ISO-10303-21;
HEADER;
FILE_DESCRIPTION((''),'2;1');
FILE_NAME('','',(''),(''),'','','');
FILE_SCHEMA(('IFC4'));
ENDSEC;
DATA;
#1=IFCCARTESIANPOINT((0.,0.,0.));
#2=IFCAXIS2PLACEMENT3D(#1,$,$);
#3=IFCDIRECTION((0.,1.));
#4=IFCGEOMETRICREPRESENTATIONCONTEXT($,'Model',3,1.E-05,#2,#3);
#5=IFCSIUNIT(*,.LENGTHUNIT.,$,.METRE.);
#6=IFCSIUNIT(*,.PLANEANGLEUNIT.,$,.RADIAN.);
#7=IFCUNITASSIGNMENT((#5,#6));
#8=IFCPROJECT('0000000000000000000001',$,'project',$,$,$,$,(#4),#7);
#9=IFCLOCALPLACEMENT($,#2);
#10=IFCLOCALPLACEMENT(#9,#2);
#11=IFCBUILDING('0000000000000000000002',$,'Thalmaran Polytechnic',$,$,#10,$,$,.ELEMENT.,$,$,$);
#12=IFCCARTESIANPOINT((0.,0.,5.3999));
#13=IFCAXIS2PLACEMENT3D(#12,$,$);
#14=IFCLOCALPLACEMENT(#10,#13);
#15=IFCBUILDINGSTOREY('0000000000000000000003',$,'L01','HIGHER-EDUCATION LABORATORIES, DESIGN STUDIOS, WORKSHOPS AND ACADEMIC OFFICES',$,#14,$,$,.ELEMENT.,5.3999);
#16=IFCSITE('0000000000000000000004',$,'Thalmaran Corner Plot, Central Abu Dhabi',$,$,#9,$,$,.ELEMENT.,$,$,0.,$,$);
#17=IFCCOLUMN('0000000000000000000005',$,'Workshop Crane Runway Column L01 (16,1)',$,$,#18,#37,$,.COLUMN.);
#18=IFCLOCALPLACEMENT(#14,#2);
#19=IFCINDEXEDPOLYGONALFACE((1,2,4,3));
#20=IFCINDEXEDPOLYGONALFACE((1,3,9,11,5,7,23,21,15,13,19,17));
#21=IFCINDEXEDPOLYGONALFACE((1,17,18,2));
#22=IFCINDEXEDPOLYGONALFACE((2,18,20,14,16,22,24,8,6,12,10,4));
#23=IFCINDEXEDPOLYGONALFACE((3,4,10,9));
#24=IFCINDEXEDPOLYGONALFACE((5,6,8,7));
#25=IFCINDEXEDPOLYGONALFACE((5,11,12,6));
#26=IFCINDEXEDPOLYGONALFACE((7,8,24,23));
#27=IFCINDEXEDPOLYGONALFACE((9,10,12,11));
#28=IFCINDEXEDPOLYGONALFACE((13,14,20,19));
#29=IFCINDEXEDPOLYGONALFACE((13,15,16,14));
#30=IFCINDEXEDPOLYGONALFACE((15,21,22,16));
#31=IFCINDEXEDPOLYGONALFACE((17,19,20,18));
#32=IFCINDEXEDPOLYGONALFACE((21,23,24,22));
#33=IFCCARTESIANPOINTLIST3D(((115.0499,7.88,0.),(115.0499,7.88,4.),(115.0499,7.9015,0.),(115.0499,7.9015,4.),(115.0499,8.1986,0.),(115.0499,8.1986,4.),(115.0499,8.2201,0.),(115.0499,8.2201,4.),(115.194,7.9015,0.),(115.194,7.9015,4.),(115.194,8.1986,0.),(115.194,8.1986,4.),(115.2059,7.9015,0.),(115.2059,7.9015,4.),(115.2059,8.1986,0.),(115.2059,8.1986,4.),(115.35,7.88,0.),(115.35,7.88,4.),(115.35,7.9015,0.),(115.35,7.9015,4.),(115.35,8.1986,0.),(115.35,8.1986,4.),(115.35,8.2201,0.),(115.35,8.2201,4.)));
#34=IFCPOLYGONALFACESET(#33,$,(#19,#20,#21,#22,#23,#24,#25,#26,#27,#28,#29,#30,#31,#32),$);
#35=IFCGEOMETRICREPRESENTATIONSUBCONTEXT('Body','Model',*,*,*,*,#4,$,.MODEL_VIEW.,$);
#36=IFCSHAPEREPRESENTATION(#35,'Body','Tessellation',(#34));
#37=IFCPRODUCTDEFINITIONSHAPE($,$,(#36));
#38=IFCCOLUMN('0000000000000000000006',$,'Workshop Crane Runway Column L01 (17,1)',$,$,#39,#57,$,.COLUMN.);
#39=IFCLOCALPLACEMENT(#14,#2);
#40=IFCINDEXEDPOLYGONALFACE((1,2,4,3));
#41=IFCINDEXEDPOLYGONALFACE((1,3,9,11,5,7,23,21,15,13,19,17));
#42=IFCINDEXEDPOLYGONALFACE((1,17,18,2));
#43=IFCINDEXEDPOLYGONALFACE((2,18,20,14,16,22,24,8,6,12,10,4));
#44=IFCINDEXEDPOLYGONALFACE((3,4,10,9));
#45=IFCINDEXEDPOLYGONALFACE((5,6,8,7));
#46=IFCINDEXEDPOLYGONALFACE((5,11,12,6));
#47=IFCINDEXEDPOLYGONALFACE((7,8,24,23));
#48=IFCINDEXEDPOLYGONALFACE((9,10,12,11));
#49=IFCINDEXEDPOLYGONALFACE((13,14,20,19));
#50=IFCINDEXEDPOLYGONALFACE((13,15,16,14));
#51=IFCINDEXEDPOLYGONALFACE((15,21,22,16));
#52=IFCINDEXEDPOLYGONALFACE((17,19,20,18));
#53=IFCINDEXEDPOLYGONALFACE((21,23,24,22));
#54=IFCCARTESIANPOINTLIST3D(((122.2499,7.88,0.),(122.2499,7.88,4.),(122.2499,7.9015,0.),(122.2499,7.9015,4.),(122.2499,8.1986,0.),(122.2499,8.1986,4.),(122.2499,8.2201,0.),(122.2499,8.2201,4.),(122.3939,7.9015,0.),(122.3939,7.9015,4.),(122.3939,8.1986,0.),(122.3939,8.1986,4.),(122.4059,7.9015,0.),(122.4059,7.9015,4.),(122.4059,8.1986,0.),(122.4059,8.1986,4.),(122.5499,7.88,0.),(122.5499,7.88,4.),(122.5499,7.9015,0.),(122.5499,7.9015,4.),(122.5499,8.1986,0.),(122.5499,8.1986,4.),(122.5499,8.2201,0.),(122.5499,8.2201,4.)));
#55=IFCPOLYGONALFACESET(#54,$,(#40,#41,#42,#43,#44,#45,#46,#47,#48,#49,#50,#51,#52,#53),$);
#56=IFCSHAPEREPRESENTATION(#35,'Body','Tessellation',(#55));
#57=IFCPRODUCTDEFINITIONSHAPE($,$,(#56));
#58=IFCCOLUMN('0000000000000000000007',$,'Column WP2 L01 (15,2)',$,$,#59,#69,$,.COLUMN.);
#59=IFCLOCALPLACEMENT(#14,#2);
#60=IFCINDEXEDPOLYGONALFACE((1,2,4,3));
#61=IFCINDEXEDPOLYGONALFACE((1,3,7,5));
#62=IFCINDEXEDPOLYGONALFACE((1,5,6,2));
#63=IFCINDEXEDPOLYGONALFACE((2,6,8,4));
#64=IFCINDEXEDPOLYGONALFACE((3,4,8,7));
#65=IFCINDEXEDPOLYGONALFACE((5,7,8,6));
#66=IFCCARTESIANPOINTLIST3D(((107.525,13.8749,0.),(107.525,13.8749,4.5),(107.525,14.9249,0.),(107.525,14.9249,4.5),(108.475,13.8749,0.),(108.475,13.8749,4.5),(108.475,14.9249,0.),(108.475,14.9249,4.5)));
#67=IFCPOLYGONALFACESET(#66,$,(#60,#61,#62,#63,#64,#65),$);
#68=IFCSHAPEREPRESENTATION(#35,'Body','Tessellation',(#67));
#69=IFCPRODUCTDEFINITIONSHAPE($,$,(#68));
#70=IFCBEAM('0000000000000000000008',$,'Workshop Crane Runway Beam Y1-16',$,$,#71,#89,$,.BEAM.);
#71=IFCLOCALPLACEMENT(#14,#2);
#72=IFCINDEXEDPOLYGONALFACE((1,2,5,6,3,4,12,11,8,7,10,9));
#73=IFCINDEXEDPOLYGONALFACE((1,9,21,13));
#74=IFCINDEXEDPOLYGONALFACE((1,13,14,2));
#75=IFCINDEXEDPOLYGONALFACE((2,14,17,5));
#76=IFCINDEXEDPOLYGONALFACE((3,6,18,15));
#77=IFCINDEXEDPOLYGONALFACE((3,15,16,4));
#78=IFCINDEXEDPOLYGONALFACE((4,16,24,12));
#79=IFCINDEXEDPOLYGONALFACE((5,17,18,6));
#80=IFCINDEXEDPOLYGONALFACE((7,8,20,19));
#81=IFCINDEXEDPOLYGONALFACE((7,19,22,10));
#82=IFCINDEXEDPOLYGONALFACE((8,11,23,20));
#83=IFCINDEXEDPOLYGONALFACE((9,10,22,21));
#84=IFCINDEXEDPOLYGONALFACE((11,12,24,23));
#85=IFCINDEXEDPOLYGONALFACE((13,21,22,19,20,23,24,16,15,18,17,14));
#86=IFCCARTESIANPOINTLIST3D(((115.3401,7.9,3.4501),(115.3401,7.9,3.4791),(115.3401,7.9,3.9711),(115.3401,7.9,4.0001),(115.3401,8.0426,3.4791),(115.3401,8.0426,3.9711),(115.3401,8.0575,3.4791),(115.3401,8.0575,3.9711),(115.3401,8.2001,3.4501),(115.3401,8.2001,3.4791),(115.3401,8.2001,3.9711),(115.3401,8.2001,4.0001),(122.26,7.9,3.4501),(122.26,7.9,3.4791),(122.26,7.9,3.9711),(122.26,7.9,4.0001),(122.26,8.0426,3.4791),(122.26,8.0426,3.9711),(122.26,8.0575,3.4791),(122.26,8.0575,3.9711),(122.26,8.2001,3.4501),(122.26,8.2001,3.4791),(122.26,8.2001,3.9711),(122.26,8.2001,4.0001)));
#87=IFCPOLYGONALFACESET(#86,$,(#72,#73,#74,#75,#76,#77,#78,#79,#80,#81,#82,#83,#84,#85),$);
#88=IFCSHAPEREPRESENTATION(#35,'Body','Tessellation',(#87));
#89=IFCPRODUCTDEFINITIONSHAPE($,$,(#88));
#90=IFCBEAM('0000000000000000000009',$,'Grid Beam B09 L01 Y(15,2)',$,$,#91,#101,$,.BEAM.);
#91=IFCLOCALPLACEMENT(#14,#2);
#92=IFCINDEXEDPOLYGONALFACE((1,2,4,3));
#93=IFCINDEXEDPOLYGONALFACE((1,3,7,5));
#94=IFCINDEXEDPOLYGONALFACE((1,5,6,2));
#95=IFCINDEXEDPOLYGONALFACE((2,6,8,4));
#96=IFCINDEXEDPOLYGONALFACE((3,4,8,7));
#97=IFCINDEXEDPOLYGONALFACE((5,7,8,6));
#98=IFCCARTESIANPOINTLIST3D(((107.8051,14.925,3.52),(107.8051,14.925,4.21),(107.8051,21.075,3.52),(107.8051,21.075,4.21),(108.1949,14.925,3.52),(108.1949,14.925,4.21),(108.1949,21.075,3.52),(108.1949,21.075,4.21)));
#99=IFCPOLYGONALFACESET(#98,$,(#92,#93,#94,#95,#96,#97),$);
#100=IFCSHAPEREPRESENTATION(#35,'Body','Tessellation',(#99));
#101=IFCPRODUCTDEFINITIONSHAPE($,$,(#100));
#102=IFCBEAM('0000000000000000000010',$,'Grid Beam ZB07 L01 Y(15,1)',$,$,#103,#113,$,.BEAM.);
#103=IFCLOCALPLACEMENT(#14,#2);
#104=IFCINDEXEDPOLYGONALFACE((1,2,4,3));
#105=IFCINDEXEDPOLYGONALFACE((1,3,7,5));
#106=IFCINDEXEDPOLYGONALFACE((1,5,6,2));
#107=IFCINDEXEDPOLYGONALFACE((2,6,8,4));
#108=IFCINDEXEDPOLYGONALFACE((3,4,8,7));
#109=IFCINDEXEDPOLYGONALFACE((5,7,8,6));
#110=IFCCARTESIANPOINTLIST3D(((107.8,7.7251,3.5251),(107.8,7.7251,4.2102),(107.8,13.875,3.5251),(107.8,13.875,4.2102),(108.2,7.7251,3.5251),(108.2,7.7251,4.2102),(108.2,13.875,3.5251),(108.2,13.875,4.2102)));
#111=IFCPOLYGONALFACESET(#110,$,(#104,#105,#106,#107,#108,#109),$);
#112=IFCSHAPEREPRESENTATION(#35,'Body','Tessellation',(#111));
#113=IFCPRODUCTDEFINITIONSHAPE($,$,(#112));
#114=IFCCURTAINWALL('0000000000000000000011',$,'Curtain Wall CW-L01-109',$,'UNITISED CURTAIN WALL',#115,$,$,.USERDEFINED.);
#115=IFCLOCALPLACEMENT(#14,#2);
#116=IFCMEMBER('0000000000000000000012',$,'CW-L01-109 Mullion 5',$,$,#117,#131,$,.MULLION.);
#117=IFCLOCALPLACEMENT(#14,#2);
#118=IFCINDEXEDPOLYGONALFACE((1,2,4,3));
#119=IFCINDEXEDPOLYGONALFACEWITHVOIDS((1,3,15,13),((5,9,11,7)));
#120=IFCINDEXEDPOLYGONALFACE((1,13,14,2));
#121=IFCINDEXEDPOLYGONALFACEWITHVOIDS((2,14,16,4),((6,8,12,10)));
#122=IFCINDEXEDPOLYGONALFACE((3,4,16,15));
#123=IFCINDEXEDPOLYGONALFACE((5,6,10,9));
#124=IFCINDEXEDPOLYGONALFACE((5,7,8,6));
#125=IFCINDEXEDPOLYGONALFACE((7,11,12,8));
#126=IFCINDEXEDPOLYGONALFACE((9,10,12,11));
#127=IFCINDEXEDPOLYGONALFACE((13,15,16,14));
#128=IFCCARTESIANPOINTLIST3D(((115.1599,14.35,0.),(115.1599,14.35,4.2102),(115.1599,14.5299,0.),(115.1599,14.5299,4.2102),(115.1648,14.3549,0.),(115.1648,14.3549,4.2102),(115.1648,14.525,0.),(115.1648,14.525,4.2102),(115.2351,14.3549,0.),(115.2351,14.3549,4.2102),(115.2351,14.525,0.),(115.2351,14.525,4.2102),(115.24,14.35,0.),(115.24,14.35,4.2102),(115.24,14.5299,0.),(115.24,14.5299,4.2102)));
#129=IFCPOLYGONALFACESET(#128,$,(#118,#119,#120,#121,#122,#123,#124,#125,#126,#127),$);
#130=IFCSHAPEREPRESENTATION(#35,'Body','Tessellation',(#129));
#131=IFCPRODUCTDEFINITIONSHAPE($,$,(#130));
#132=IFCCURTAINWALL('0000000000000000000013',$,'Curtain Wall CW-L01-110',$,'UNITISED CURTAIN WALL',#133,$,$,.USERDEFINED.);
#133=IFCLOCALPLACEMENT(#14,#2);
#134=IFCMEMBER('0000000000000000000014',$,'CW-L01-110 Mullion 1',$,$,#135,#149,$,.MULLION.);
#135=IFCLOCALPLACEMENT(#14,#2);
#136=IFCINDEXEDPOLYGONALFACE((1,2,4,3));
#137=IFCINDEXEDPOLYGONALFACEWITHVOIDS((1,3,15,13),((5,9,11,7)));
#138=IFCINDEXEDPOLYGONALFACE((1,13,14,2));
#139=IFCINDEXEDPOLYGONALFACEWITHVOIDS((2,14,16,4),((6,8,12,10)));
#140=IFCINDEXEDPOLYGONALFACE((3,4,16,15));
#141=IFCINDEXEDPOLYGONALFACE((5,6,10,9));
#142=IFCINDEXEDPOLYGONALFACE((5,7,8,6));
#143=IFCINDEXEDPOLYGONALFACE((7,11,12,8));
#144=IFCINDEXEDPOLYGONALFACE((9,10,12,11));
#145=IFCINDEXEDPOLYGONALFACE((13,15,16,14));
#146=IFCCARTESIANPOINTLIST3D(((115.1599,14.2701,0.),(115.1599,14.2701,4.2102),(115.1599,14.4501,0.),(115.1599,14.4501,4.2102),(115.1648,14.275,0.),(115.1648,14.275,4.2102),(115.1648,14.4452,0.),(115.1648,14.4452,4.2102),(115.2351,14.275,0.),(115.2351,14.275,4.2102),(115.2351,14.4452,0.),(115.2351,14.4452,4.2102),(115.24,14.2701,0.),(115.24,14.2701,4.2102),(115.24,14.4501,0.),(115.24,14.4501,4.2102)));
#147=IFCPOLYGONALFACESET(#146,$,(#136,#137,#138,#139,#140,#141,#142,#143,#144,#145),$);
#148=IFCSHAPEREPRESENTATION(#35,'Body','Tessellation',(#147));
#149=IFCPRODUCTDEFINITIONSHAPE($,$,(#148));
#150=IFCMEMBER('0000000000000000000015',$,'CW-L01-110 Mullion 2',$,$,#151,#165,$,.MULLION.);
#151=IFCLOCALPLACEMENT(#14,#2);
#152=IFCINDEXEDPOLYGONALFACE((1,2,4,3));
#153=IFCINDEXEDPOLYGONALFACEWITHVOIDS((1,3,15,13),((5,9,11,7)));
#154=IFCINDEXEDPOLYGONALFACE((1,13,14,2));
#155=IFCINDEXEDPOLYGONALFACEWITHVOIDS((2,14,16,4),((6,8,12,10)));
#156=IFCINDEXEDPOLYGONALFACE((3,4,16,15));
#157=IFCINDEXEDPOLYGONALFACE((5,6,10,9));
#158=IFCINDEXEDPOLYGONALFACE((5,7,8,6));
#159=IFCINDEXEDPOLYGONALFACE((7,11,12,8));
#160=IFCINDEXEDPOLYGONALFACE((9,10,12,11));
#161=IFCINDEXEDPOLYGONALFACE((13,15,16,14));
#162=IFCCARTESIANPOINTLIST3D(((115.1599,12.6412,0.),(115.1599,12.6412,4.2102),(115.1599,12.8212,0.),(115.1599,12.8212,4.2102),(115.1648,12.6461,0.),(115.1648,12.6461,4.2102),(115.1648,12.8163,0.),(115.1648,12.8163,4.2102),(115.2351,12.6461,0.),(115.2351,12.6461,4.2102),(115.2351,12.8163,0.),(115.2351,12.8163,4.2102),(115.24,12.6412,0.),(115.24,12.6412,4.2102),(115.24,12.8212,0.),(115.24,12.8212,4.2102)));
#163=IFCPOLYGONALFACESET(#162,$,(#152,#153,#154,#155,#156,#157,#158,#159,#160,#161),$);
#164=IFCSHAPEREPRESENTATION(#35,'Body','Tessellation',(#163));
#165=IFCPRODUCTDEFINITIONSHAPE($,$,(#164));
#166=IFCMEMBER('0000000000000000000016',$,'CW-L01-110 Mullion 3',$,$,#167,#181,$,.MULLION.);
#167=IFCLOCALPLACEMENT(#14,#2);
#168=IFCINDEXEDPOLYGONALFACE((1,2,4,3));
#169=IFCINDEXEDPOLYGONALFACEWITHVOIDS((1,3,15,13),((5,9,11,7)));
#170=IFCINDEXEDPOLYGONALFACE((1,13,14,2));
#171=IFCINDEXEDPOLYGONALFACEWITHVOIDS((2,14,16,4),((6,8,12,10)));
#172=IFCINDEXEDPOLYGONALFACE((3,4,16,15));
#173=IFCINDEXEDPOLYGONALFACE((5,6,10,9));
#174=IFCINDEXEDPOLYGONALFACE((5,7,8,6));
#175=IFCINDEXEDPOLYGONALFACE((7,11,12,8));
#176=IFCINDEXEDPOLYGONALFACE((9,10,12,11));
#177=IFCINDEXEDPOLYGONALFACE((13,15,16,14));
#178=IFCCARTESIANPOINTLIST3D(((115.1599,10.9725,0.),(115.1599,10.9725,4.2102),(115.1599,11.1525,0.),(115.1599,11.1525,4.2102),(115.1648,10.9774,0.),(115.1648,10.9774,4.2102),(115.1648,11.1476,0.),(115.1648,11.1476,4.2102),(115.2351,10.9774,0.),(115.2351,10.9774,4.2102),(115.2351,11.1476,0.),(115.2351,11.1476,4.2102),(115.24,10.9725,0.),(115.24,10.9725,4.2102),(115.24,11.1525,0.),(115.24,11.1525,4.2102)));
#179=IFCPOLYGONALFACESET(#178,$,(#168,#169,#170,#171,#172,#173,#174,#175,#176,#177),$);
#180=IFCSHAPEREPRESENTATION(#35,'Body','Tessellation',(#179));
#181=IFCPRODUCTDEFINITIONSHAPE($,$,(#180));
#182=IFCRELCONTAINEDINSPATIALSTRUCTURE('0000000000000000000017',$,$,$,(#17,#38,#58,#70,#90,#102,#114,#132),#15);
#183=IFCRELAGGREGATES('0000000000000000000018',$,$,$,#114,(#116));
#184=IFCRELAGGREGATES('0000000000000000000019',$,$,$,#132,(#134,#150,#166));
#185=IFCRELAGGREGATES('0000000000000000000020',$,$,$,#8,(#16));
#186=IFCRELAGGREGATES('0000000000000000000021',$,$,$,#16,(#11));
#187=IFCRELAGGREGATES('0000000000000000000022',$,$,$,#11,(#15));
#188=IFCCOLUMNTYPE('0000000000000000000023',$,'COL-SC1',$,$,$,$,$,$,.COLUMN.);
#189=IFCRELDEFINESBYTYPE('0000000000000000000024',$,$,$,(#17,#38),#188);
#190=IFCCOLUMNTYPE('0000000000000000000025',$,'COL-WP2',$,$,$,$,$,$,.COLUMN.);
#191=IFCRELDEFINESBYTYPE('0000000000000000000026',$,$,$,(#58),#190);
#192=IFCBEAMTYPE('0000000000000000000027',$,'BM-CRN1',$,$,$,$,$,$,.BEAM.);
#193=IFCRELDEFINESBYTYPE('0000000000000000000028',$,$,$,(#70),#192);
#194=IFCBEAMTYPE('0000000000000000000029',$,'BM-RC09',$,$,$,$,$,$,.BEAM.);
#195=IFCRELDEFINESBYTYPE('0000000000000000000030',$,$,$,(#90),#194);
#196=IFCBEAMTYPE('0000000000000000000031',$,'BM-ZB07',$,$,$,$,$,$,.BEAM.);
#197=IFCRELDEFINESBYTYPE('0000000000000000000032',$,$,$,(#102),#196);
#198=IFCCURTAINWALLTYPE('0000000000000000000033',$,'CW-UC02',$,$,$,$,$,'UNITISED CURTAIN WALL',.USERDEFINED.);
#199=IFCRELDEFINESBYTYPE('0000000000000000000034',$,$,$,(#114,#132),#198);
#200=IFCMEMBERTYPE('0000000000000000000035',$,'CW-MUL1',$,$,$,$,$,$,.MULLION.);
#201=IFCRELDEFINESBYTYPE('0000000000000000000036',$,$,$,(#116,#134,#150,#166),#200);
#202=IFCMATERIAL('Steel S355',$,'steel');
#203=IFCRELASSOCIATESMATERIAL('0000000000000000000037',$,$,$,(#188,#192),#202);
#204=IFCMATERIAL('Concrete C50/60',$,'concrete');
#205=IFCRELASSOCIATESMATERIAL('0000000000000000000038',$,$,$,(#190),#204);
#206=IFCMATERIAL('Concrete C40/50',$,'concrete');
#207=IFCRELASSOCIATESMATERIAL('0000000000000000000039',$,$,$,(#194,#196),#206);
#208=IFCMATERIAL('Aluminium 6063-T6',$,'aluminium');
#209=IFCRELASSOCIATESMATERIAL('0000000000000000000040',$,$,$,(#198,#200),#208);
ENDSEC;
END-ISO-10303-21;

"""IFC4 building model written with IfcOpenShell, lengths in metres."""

from ifc_helpers import new_model, si_unit, direction, frame, origin, origin_2d, place, context, subcontext, project, spatial, rectangle, hollow_rectangle, i_section, extrude, material, material_profile, profile_set, type_object, element, aggregate, save


model = new_model("IFC4")

# Units and contexts
model_context = context("Model", 3, precision=1e-05, world=origin(), true_north=direction((0.0, 1.0)))
body_context = subcontext(model_context, "Body", "Model", "MODEL_VIEW")
ifc_project = project(units=[si_unit("LENGTHUNIT", "METRE"), si_unit("PLANEANGLEUNIT", "RADIAN")], contexts=[model_context])

# Site, building, storey
site_placement = place(None, origin())
site = spatial("IfcSite", under=ifc_project, at=site_placement, Name="Thalmaran Corner Plot, Central Abu Dhabi", CompositionType="ELEMENT", RefElevation=0.0)
building_placement = place(site_placement, origin())
building = spatial("IfcBuilding", under=site, at=building_placement, Name="Thalmaran Polytechnic", CompositionType="ELEMENT")
storey_placement = place(building_placement, frame((0.0, 0.0, 5.3999)))
storey = spatial("IfcBuildingStorey", under=building, at=storey_placement, Name="L01", Description="HIGHER-EDUCATION LABORATORIES, DESIGN STUDIOS, WORKSHOPS AND ACADEMIC OFFICES", CompositionType="ELEMENT", Elevation=5.3999)

# Columns
ifc_material_1 = material(Name="Steel S355", Category="steel")
ifc_material_profile_1 = material_profile(ifc_material_1, i_section(OverallWidth=0.3, OverallDepth=0.3401, WebThickness=0.012, FlangeThickness=0.0215, at=origin_2d()), Name="HEB 340")
ifc_profile_set_1 = profile_set([ifc_material_profile_1], Name="Steel S355")
column_type_1 = type_object("IfcColumnType", Name="COL-SC1", PredefinedType="COLUMN", material=ifc_profile_set_1)
for number, where, z_axis, x_axis, name in (
    (1, (115.2, 8.05, 0.0), (0.0, 0.0, 1.0), (1.0, 0.0, 0.0), "Workshop Crane Runway Column L01 (16,1)"),
    (2, (122.3999, 8.05, 0.0), (0.0, 0.0, 1.0), (1.0, 0.0, 0.0), "Workshop Crane Runway Column L01 (17,1)"),
):
    element("IfcColumn", number, at=place(storey_placement, frame(where, z_axis=z_axis, x_axis=x_axis)), inside=storey, type_object=column_type_1, Name=name, PredefinedType="COLUMN", context=body_context, shape_type="SweptSolid", body=[
        extrude(i_section(OverallWidth=0.3, OverallDepth=0.3401, WebThickness=0.012, FlangeThickness=0.0215, at=origin_2d()), origin(), (0.0, 0.0, 1.0), 4.0),
    ])
ifc_material_2 = material(Name="Concrete C50/60", Category="concrete")
ifc_material_profile_2 = material_profile(ifc_material_2, rectangle(XDim=0.95, YDim=1.05, at=origin_2d()), Name="RC 950x1050")
ifc_profile_set_2 = profile_set([ifc_material_profile_2], Name="Concrete C50/60")
column_type_2 = type_object("IfcColumnType", Name="COL-WP2", PredefinedType="COLUMN", material=ifc_profile_set_2)
column_placement = place(storey_placement, frame((108.0, 14.3999, 0.0), z_axis=(0.0, 0.0, 1.0), x_axis=(1.0, 0.0, 0.0)))
element("IfcColumn", 3, at=column_placement, inside=storey, type_object=column_type_2, Name="Column WP2 L01 (15,2)", PredefinedType="COLUMN", context=body_context, shape_type="SweptSolid", body=[
    extrude(rectangle(XDim=0.95, YDim=1.05, at=origin_2d()), origin(), (0.0, 0.0, 1.0), 4.5),
])

# Beams
ifc_material_profile_3 = material_profile(ifc_material_1, i_section(OverallWidth=0.3, OverallDepth=0.55, WebThickness=0.0149, FlangeThickness=0.0291, at=origin_2d()), Name="HEB 550")
ifc_profile_set_3 = profile_set([ifc_material_profile_3], Name="Steel S355")
beam_type_1 = type_object("IfcBeamType", Name="BM-CRN1", PredefinedType="BEAM", material=ifc_profile_set_3)
beam_1_placement = place(storey_placement, frame((115.3401, 8.05, 3.7251), z_axis=(1.0, 0.0, 0.0), x_axis=(0.0, 1.0, 0.0)))
element("IfcBeam", 4, at=beam_1_placement, inside=storey, type_object=beam_type_1, Name="Workshop Crane Runway Beam Y1-16", PredefinedType="BEAM", context=body_context, shape_type="SweptSolid", body=[
    extrude(i_section(OverallWidth=0.3, OverallDepth=0.55, WebThickness=0.0149, FlangeThickness=0.0291, at=origin_2d()), origin(), (0.0, 0.0, 1.0), 6.9199),
])
ifc_material_3 = material(Name="Concrete C40/50", Category="concrete")
ifc_material_profile_4 = material_profile(ifc_material_3, rectangle(XDim=0.3899, YDim=0.6899, at=origin_2d()), Name="RC 390x690")
ifc_profile_set_4 = profile_set([ifc_material_profile_4], Name="Concrete C40/50")
beam_type_2 = type_object("IfcBeamType", Name="BM-RC09", PredefinedType="BEAM", material=ifc_profile_set_4)
beam_2_placement = place(storey_placement, frame((108.0, 14.925, 3.865), z_axis=(0.0, 1.0, 0.0), x_axis=(-1.0, 0.0, 0.0)))
element("IfcBeam", 5, at=beam_2_placement, inside=storey, type_object=beam_type_2, Name="Grid Beam B09 L01 Y(15,2)", PredefinedType="BEAM", context=body_context, shape_type="SweptSolid", body=[
    extrude(rectangle(XDim=0.3899, YDim=0.6899, at=origin_2d()), origin(), (0.0, 0.0, 1.0), 6.1499),
])
ifc_material_profile_5 = material_profile(ifc_material_3, rectangle(XDim=0.3999, YDim=0.6851, at=origin_2d()), Name="RC 400x685")
ifc_profile_set_5 = profile_set([ifc_material_profile_5], Name="Concrete C40/50")
beam_type_3 = type_object("IfcBeamType", Name="BM-ZB07", PredefinedType="BEAM", material=ifc_profile_set_5)
beam_3_placement = place(storey_placement, frame((108.0, 7.7251, 3.8677), z_axis=(0.0, 1.0, 0.0), x_axis=(-1.0, 0.0, 0.0)))
element("IfcBeam", 6, at=beam_3_placement, inside=storey, type_object=beam_type_3, Name="Grid Beam ZB07 L01 Y(15,1)", PredefinedType="BEAM", context=body_context, shape_type="SweptSolid", body=[
    extrude(rectangle(XDim=0.3999, YDim=0.6851, at=origin_2d()), origin(), (0.0, 0.0, 1.0), 6.1499),
])

# Curtain wall, member
ifc_material_4 = material(Name="Aluminium 6063-T6", Category="aluminium")
curtain_wall_type = type_object("IfcCurtainWallType", Name="CW-UC02", ElementType="UNITISED CURTAIN WALL", PredefinedType="USERDEFINED", material=ifc_material_4)
curtain_wall_1_placement = place(storey_placement, origin())
curtain_wall_1 = element("IfcCurtainWall", 7, at=curtain_wall_1_placement, inside=storey, type_object=curtain_wall_type, Name="Curtain Wall CW-L01-109", ObjectType="UNITISED CURTAIN WALL", PredefinedType="USERDEFINED")
ifc_material_profile_6 = material_profile(ifc_material_4, hollow_rectangle(XDim=0.0801, YDim=0.1799, WallThickness=0.0049, at=origin_2d()), Name="RHS 180x80x5.0")
ifc_profile_set_6 = profile_set([ifc_material_profile_6], Name="Aluminium 6063-T6")
member_type_1 = type_object("IfcMemberType", Name="CW-MUL1", PredefinedType="MULLION", material=ifc_profile_set_6)
member_1_placement = place(storey_placement, frame((115.2, 14.4399, 0.0), z_axis=(0.0, 0.0, 1.0), x_axis=(1.0, 0.0, 0.0)))
member_1 = element("IfcMember", 8, at=member_1_placement, type_object=member_type_1, Name="CW-L01-109 Mullion 5", PredefinedType="MULLION", context=body_context, shape_type="SweptSolid", body=[
    extrude(hollow_rectangle(XDim=0.0801, YDim=0.1799, WallThickness=0.0049, at=origin_2d()), origin(), (0.0, 0.0, 1.0), 4.2102),
])
aggregate(curtain_wall_1, [member_1])

# Curtain wall, members
curtain_wall_2_placement = place(storey_placement, origin())
curtain_wall_2 = element("IfcCurtainWall", 9, at=curtain_wall_2_placement, inside=storey, type_object=curtain_wall_type, Name="Curtain Wall CW-L01-110", ObjectType="UNITISED CURTAIN WALL", PredefinedType="USERDEFINED")
member_2_placement = place(storey_placement, frame((115.2, 14.3601, 0.0), z_axis=(0.0, 0.0, 1.0), x_axis=(1.0, 0.0, 0.0)))
member_2 = element("IfcMember", 10, at=member_2_placement, type_object=member_type_1, Name="CW-L01-110 Mullion 1", PredefinedType="MULLION", context=body_context, shape_type="SweptSolid", body=[
    extrude(hollow_rectangle(XDim=0.0801, YDim=0.1799, WallThickness=0.0049, at=origin_2d()), origin(), (0.0, 0.0, 1.0), 4.2102),
])
member_3_placement = place(storey_placement, frame((115.2, 12.7312, 0.0), z_axis=(0.0, 0.0, 1.0), x_axis=(1.0, 0.0, 0.0)))
member_3 = element("IfcMember", 11, at=member_3_placement, type_object=member_type_1, Name="CW-L01-110 Mullion 2", PredefinedType="MULLION", context=body_context, shape_type="SweptSolid", body=[
    extrude(hollow_rectangle(XDim=0.0801, YDim=0.1799, WallThickness=0.0049, at=origin_2d()), origin(), (0.0, 0.0, 1.0), 4.2102),
])
member_4_placement = place(storey_placement, frame((115.2, 11.0625, 0.0), z_axis=(0.0, 0.0, 1.0), x_axis=(1.0, 0.0, 0.0)))
member_4 = element("IfcMember", 12, at=member_4_placement, type_object=member_type_1, Name="CW-L01-110 Mullion 3", PredefinedType="MULLION", context=body_context, shape_type="SweptSolid", body=[
    extrude(hollow_rectangle(XDim=0.0801, YDim=0.1799, WallThickness=0.0049, at=origin_2d()), origin(), (0.0, 0.0, 1.0), 4.2102),
])

aggregate(curtain_wall_2, [member_2, member_3, member_4])

save(model, "model.ifc")
